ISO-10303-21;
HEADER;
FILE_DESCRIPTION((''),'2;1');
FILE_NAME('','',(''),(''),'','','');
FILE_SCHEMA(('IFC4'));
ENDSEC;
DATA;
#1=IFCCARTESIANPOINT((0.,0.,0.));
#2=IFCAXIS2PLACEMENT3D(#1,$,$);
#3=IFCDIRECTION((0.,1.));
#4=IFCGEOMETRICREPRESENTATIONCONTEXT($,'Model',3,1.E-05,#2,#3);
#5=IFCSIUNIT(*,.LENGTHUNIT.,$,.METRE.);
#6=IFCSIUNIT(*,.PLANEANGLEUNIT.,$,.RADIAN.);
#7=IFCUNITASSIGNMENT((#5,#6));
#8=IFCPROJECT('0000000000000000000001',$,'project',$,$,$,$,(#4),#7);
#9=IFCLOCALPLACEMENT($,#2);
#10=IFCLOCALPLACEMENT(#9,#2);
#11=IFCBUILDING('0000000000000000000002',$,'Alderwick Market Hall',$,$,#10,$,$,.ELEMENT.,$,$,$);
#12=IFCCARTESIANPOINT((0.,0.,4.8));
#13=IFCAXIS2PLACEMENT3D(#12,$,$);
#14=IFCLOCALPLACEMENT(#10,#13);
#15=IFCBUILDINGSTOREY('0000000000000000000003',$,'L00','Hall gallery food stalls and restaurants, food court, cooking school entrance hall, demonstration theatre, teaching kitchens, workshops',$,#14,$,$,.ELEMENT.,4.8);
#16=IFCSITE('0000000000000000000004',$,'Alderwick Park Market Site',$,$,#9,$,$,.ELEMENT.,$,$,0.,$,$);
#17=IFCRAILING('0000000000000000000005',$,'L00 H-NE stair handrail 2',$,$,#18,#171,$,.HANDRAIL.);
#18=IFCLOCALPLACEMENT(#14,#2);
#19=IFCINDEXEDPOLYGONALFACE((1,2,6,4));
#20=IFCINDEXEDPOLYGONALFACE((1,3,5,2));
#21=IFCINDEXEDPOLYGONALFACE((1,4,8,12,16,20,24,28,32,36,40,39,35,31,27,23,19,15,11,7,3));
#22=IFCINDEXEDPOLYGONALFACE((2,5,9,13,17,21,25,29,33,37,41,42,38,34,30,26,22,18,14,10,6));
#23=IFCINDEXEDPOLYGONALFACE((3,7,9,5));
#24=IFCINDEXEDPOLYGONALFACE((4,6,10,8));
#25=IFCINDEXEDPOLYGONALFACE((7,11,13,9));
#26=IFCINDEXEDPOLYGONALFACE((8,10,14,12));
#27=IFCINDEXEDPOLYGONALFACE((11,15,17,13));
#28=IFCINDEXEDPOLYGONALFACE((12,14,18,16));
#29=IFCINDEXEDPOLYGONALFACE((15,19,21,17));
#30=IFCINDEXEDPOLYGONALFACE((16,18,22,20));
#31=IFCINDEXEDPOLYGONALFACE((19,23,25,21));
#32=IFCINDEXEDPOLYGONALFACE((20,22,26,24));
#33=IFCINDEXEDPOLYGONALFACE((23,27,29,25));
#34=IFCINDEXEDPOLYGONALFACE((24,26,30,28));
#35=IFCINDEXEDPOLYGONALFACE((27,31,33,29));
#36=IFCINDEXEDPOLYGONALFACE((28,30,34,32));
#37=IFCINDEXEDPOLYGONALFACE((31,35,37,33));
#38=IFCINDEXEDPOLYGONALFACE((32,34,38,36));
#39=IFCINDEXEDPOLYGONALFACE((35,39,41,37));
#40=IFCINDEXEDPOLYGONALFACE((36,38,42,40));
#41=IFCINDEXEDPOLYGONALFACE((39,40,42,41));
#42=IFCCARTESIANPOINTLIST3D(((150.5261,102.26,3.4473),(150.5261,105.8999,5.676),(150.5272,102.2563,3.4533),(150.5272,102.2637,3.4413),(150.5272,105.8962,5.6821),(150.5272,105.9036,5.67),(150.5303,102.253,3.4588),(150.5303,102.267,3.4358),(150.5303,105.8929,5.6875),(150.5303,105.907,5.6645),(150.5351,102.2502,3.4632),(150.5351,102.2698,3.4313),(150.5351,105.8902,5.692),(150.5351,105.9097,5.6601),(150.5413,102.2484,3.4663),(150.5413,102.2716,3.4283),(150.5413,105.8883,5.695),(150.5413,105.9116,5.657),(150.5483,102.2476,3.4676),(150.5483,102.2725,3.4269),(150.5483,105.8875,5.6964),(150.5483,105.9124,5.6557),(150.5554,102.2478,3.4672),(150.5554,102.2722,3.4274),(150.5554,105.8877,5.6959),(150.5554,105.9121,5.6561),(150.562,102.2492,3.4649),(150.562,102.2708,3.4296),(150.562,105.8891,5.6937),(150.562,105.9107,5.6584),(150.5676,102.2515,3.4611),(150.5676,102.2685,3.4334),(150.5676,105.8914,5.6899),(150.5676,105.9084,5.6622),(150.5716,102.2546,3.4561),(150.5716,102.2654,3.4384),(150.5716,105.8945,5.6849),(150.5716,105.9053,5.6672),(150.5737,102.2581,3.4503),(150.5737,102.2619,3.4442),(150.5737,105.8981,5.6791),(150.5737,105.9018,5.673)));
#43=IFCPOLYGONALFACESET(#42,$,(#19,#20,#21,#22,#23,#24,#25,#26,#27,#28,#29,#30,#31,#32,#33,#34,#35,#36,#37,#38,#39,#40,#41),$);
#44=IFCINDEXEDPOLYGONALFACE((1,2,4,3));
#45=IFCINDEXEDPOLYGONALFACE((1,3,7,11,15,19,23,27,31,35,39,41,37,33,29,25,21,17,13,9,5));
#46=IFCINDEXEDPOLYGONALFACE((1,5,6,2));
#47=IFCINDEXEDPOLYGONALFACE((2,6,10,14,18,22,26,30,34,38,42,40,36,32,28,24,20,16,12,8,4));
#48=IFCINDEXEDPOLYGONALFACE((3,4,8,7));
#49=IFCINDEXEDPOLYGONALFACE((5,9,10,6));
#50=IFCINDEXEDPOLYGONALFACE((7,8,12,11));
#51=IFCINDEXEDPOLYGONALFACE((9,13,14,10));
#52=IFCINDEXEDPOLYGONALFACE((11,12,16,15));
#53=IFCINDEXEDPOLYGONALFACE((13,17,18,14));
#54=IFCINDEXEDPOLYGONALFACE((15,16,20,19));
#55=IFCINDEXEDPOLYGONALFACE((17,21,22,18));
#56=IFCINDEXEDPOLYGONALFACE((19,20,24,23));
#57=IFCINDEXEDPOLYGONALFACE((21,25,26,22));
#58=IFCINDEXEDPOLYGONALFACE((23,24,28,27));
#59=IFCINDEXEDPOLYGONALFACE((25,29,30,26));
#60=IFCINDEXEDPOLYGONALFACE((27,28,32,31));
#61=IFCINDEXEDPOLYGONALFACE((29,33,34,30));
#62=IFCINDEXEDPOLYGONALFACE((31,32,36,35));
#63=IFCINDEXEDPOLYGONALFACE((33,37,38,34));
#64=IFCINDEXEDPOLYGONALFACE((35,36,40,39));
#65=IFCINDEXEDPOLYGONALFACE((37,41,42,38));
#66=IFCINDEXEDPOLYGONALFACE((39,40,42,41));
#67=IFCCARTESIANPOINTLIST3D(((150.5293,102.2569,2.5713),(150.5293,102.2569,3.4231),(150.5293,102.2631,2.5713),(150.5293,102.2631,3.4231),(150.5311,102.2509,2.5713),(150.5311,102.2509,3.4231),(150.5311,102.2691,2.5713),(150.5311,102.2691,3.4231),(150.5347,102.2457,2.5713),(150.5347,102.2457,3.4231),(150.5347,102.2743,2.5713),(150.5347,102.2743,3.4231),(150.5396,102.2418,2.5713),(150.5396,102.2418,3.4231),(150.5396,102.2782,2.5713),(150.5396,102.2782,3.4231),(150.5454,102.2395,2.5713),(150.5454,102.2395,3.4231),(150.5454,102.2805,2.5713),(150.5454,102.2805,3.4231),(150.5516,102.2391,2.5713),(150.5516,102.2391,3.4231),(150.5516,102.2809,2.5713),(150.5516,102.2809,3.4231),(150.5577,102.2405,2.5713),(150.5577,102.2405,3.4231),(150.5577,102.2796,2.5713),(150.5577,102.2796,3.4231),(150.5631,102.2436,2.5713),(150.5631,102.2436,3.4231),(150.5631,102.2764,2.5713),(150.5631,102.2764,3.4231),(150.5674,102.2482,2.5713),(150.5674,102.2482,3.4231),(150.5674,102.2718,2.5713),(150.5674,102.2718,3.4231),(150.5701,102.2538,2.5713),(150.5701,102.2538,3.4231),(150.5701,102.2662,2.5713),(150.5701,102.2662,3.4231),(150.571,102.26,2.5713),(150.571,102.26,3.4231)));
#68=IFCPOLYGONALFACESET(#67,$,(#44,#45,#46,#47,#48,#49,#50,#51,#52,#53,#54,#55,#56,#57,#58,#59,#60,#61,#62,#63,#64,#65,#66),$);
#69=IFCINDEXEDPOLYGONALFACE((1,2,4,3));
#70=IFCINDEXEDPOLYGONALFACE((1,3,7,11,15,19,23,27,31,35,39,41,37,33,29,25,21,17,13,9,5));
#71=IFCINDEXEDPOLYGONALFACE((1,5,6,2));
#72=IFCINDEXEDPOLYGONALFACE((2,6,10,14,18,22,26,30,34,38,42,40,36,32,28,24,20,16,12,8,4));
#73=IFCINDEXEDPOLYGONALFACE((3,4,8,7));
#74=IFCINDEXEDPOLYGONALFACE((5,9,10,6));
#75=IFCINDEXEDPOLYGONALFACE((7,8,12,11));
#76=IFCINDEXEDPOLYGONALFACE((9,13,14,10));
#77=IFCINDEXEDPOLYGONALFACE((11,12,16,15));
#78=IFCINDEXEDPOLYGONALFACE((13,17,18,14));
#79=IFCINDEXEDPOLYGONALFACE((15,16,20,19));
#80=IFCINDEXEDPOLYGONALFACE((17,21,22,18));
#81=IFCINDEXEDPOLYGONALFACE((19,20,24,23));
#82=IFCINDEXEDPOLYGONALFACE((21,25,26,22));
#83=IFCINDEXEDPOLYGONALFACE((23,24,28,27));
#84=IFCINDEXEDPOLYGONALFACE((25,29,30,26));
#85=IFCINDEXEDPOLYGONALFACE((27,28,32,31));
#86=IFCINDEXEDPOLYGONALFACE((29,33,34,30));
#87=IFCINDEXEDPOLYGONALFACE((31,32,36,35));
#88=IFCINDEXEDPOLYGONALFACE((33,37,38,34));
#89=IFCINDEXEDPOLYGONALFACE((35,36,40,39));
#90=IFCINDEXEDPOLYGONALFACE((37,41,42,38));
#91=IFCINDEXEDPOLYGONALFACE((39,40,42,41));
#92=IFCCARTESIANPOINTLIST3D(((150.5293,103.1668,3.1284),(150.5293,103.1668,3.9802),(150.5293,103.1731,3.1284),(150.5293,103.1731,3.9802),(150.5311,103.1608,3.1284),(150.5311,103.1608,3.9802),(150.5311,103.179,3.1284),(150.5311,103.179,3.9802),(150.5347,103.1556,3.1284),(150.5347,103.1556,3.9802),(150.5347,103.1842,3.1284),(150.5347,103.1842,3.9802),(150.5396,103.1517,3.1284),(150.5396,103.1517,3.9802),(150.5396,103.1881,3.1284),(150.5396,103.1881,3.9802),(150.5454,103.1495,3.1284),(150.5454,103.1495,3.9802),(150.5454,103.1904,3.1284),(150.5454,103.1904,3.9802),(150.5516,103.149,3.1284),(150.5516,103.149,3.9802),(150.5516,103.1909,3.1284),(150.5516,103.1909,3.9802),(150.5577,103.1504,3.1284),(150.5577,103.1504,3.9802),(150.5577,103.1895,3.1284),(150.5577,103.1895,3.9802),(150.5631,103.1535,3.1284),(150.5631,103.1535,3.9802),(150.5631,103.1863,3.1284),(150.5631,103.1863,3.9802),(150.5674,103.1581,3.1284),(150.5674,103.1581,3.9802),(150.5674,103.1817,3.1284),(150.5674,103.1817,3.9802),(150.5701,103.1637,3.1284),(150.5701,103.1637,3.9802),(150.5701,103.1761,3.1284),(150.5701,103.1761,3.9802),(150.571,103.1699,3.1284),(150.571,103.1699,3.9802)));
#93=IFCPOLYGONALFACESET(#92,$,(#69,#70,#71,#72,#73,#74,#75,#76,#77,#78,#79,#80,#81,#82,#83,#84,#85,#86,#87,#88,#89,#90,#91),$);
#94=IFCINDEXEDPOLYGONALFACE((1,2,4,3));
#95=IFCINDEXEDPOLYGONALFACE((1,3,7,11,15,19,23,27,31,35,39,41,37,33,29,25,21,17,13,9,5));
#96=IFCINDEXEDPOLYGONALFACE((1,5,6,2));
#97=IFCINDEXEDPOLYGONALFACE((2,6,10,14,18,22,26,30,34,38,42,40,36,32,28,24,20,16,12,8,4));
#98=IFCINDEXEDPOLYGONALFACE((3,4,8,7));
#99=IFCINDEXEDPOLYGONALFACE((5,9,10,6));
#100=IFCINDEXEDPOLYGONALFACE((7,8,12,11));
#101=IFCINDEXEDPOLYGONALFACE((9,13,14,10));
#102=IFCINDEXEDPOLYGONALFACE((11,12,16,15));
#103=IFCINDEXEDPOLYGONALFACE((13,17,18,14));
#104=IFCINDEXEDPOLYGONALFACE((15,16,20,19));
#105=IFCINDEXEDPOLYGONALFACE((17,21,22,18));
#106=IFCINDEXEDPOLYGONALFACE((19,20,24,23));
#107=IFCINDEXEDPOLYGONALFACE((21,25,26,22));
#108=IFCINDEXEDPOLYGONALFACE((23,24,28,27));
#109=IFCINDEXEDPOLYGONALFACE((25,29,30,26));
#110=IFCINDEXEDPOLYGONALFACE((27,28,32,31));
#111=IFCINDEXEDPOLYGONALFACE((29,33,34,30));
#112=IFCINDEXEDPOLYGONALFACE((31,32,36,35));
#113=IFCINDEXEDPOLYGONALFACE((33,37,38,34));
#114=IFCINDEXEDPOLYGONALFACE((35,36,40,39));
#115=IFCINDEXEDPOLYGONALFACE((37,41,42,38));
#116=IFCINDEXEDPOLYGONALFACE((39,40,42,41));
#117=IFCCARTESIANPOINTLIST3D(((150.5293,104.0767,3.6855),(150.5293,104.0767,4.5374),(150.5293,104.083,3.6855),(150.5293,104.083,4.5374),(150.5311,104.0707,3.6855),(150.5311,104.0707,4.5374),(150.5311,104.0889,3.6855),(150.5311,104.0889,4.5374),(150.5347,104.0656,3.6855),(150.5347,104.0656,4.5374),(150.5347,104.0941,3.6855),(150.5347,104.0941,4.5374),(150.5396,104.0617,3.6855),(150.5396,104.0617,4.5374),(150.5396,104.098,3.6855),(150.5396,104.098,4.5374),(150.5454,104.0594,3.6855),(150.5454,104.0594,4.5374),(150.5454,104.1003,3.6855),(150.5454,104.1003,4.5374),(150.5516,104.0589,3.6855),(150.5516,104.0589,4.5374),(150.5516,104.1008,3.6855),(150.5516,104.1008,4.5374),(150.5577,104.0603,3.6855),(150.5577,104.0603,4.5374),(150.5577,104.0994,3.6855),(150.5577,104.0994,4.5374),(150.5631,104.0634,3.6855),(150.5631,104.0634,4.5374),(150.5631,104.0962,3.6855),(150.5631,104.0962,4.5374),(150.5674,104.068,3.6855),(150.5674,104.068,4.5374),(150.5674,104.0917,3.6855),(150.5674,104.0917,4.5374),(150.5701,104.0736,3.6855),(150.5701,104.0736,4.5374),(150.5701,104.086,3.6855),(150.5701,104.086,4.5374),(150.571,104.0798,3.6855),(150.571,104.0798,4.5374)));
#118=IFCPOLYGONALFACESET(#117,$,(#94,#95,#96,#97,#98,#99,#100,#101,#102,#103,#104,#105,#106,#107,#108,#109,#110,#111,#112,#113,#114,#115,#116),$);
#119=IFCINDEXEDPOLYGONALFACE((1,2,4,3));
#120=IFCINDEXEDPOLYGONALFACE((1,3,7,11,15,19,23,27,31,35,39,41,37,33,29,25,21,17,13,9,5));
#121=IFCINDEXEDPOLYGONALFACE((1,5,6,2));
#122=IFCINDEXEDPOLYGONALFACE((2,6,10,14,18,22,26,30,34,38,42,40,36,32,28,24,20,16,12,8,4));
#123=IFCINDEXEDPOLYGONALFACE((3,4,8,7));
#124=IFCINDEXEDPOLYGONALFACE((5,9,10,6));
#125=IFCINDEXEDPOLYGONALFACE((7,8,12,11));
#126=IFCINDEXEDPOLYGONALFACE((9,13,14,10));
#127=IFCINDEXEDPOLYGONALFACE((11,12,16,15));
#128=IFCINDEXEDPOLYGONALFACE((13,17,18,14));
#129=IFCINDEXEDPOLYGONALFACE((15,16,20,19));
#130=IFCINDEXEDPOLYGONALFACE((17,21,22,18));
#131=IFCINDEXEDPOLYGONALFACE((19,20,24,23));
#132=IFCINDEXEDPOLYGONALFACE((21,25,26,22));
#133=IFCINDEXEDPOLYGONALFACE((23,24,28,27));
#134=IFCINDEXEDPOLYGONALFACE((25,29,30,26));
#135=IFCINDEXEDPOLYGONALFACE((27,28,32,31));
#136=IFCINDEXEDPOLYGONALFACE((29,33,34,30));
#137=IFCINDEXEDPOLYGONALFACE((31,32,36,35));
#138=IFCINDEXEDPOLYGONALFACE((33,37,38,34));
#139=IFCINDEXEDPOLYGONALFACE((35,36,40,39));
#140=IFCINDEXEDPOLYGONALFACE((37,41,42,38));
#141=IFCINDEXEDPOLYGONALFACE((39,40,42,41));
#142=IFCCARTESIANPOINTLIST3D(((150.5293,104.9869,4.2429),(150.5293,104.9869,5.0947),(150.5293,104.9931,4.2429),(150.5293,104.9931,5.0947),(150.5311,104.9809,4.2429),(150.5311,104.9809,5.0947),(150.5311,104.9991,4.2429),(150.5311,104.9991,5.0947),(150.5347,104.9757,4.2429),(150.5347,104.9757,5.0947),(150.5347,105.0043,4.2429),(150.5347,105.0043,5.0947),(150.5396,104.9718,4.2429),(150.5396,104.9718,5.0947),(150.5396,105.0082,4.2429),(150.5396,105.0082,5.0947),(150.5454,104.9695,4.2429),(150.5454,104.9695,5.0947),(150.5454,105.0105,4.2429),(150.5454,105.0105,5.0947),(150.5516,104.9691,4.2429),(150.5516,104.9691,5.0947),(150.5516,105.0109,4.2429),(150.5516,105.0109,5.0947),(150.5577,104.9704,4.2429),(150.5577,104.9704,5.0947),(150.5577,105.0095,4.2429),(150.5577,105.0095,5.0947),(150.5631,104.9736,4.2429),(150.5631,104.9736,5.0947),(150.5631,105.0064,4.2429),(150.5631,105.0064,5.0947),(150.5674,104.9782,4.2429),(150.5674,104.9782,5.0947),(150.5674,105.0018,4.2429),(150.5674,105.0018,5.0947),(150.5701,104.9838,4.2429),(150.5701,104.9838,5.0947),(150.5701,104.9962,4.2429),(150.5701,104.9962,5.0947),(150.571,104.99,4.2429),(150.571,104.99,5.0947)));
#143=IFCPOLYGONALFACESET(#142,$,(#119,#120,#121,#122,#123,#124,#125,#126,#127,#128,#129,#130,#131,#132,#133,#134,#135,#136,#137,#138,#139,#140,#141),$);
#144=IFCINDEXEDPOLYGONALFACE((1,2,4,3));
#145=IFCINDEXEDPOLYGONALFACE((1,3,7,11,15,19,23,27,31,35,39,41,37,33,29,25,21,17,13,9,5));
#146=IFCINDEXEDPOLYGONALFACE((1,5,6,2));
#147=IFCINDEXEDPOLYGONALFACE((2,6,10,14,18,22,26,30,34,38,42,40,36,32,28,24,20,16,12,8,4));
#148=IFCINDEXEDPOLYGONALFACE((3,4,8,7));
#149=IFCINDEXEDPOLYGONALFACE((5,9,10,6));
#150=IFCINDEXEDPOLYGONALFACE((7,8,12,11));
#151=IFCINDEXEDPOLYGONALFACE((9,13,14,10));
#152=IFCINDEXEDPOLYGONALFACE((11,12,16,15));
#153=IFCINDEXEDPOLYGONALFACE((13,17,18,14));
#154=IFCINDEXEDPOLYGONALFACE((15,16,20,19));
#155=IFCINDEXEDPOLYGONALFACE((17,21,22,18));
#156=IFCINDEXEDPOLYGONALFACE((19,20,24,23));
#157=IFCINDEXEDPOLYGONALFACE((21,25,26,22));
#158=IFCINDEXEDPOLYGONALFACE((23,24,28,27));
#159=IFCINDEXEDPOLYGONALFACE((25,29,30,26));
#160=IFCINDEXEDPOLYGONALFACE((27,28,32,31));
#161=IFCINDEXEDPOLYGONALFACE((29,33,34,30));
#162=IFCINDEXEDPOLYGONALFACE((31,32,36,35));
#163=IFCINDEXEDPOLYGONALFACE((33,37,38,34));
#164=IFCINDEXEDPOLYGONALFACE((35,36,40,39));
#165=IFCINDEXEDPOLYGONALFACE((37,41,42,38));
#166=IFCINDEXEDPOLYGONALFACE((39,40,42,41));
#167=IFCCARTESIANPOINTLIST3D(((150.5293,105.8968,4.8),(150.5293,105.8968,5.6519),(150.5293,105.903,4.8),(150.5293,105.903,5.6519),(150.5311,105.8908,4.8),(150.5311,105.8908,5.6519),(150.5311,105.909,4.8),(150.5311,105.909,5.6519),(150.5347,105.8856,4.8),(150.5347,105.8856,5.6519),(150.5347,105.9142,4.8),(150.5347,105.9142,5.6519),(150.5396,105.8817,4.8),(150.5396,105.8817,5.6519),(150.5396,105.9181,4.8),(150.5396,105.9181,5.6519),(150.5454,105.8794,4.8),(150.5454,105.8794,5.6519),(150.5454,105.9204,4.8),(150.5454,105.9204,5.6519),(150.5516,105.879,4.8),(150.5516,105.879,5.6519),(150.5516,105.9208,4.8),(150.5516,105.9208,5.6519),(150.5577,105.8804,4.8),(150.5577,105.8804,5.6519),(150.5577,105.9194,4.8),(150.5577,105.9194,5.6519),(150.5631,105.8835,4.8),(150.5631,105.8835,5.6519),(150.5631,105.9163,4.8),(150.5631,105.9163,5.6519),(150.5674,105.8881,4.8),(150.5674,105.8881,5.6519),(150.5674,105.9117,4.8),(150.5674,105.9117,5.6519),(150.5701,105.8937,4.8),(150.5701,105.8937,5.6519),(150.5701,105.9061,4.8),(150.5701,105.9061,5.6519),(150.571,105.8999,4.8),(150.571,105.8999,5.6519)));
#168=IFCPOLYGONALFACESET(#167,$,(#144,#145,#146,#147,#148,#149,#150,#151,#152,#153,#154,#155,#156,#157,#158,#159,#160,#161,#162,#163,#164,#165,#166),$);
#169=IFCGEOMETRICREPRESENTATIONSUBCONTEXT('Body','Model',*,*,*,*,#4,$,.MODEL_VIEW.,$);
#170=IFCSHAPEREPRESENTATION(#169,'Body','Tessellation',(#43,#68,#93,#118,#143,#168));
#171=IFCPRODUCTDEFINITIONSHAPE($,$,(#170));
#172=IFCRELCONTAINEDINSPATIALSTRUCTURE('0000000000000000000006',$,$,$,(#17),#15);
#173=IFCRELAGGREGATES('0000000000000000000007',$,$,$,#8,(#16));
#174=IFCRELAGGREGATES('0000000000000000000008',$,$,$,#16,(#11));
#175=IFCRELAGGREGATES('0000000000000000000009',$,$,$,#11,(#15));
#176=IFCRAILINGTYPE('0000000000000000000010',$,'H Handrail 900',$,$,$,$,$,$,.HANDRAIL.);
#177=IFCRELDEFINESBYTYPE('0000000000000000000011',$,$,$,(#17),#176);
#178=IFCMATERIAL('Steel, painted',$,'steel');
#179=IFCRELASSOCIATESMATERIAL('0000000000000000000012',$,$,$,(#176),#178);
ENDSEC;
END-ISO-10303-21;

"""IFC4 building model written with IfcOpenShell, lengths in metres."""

from ifc_helpers import new_model, si_unit, direction, frame, origin, origin_2d, place, context, subcontext, project, spatial, circle, extrude, material, type_object, element, save


model = new_model("IFC4")

# Units and contexts
model_context = context("Model", 3, precision=1e-05, world=origin(), true_north=direction((0.0, 1.0)))
body_context = subcontext(model_context, "Body", "Model", "MODEL_VIEW")
ifc_project = project(units=[si_unit("LENGTHUNIT", "METRE"), si_unit("PLANEANGLEUNIT", "RADIAN")], contexts=[model_context])

# Site, building, storey
site_placement = place(None, origin())
site = spatial("IfcSite", under=ifc_project, at=site_placement, Name="Alderwick Park Market Site", CompositionType="ELEMENT", RefElevation=0.0)
building_placement = place(site_placement, origin())
building = spatial("IfcBuilding", under=site, at=building_placement, Name="Alderwick Market Hall", CompositionType="ELEMENT")
storey_placement = place(building_placement, frame((0.0, 0.0, 4.8)))
storey = spatial("IfcBuildingStorey", under=building, at=storey_placement, Name="L00", Description="Hall gallery food stalls and restaurants, food court, cooking school entrance hall, demonstration theatre, teaching kitchens, workshops", CompositionType="ELEMENT", Elevation=4.8)

# Railing
ifc_material_1 = material(Name="Steel, painted", Category="steel")
railing_type_1 = type_object("IfcRailingType", Name="H Handrail 900", PredefinedType="HANDRAIL", material=ifc_material_1)
railing_1_placement = place(storey_placement, frame((150.55, 102.26, 2.5713)))
element("IfcRailing", 1, at=railing_1_placement, inside=storey, type_object=railing_type_1, Name="L00 H-NE stair handrail 2", PredefinedType="HANDRAIL", context=body_context, shape_type="SweptSolid", body=[
    extrude(circle(Radius=0.0239, at=origin_2d()), frame((0.0, 0.0, 0.876), z_axis=(0.0, 0.852825, 0.522197), x_axis=(-1.0, 0.0, 0.0)), (0.0, 0.0, 1.0), 4.2681),
    extrude(circle(Radius=0.021, at=origin_2d()), origin(), (0.0, 0.0, 1.0), 0.8518),
    extrude(circle(Radius=0.021, at=origin_2d()), frame((0.0, 0.9099, 0.5571)), (0.0, 0.0, 1.0), 0.8518),
    extrude(circle(Radius=0.021, at=origin_2d()), frame((0.0, 1.8198, 1.1143)), (0.0, 0.0, 1.0), 0.8518),
    extrude(circle(Radius=0.021, at=origin_2d()), frame((0.0, 2.73, 1.6716)), (0.0, 0.0, 1.0), 0.8518),
    extrude(circle(Radius=0.021, at=origin_2d()), frame((0.0, 3.6399, 2.2288)), (0.0, 0.0, 1.0), 0.8518),
])

save(model, "model.ifc")
